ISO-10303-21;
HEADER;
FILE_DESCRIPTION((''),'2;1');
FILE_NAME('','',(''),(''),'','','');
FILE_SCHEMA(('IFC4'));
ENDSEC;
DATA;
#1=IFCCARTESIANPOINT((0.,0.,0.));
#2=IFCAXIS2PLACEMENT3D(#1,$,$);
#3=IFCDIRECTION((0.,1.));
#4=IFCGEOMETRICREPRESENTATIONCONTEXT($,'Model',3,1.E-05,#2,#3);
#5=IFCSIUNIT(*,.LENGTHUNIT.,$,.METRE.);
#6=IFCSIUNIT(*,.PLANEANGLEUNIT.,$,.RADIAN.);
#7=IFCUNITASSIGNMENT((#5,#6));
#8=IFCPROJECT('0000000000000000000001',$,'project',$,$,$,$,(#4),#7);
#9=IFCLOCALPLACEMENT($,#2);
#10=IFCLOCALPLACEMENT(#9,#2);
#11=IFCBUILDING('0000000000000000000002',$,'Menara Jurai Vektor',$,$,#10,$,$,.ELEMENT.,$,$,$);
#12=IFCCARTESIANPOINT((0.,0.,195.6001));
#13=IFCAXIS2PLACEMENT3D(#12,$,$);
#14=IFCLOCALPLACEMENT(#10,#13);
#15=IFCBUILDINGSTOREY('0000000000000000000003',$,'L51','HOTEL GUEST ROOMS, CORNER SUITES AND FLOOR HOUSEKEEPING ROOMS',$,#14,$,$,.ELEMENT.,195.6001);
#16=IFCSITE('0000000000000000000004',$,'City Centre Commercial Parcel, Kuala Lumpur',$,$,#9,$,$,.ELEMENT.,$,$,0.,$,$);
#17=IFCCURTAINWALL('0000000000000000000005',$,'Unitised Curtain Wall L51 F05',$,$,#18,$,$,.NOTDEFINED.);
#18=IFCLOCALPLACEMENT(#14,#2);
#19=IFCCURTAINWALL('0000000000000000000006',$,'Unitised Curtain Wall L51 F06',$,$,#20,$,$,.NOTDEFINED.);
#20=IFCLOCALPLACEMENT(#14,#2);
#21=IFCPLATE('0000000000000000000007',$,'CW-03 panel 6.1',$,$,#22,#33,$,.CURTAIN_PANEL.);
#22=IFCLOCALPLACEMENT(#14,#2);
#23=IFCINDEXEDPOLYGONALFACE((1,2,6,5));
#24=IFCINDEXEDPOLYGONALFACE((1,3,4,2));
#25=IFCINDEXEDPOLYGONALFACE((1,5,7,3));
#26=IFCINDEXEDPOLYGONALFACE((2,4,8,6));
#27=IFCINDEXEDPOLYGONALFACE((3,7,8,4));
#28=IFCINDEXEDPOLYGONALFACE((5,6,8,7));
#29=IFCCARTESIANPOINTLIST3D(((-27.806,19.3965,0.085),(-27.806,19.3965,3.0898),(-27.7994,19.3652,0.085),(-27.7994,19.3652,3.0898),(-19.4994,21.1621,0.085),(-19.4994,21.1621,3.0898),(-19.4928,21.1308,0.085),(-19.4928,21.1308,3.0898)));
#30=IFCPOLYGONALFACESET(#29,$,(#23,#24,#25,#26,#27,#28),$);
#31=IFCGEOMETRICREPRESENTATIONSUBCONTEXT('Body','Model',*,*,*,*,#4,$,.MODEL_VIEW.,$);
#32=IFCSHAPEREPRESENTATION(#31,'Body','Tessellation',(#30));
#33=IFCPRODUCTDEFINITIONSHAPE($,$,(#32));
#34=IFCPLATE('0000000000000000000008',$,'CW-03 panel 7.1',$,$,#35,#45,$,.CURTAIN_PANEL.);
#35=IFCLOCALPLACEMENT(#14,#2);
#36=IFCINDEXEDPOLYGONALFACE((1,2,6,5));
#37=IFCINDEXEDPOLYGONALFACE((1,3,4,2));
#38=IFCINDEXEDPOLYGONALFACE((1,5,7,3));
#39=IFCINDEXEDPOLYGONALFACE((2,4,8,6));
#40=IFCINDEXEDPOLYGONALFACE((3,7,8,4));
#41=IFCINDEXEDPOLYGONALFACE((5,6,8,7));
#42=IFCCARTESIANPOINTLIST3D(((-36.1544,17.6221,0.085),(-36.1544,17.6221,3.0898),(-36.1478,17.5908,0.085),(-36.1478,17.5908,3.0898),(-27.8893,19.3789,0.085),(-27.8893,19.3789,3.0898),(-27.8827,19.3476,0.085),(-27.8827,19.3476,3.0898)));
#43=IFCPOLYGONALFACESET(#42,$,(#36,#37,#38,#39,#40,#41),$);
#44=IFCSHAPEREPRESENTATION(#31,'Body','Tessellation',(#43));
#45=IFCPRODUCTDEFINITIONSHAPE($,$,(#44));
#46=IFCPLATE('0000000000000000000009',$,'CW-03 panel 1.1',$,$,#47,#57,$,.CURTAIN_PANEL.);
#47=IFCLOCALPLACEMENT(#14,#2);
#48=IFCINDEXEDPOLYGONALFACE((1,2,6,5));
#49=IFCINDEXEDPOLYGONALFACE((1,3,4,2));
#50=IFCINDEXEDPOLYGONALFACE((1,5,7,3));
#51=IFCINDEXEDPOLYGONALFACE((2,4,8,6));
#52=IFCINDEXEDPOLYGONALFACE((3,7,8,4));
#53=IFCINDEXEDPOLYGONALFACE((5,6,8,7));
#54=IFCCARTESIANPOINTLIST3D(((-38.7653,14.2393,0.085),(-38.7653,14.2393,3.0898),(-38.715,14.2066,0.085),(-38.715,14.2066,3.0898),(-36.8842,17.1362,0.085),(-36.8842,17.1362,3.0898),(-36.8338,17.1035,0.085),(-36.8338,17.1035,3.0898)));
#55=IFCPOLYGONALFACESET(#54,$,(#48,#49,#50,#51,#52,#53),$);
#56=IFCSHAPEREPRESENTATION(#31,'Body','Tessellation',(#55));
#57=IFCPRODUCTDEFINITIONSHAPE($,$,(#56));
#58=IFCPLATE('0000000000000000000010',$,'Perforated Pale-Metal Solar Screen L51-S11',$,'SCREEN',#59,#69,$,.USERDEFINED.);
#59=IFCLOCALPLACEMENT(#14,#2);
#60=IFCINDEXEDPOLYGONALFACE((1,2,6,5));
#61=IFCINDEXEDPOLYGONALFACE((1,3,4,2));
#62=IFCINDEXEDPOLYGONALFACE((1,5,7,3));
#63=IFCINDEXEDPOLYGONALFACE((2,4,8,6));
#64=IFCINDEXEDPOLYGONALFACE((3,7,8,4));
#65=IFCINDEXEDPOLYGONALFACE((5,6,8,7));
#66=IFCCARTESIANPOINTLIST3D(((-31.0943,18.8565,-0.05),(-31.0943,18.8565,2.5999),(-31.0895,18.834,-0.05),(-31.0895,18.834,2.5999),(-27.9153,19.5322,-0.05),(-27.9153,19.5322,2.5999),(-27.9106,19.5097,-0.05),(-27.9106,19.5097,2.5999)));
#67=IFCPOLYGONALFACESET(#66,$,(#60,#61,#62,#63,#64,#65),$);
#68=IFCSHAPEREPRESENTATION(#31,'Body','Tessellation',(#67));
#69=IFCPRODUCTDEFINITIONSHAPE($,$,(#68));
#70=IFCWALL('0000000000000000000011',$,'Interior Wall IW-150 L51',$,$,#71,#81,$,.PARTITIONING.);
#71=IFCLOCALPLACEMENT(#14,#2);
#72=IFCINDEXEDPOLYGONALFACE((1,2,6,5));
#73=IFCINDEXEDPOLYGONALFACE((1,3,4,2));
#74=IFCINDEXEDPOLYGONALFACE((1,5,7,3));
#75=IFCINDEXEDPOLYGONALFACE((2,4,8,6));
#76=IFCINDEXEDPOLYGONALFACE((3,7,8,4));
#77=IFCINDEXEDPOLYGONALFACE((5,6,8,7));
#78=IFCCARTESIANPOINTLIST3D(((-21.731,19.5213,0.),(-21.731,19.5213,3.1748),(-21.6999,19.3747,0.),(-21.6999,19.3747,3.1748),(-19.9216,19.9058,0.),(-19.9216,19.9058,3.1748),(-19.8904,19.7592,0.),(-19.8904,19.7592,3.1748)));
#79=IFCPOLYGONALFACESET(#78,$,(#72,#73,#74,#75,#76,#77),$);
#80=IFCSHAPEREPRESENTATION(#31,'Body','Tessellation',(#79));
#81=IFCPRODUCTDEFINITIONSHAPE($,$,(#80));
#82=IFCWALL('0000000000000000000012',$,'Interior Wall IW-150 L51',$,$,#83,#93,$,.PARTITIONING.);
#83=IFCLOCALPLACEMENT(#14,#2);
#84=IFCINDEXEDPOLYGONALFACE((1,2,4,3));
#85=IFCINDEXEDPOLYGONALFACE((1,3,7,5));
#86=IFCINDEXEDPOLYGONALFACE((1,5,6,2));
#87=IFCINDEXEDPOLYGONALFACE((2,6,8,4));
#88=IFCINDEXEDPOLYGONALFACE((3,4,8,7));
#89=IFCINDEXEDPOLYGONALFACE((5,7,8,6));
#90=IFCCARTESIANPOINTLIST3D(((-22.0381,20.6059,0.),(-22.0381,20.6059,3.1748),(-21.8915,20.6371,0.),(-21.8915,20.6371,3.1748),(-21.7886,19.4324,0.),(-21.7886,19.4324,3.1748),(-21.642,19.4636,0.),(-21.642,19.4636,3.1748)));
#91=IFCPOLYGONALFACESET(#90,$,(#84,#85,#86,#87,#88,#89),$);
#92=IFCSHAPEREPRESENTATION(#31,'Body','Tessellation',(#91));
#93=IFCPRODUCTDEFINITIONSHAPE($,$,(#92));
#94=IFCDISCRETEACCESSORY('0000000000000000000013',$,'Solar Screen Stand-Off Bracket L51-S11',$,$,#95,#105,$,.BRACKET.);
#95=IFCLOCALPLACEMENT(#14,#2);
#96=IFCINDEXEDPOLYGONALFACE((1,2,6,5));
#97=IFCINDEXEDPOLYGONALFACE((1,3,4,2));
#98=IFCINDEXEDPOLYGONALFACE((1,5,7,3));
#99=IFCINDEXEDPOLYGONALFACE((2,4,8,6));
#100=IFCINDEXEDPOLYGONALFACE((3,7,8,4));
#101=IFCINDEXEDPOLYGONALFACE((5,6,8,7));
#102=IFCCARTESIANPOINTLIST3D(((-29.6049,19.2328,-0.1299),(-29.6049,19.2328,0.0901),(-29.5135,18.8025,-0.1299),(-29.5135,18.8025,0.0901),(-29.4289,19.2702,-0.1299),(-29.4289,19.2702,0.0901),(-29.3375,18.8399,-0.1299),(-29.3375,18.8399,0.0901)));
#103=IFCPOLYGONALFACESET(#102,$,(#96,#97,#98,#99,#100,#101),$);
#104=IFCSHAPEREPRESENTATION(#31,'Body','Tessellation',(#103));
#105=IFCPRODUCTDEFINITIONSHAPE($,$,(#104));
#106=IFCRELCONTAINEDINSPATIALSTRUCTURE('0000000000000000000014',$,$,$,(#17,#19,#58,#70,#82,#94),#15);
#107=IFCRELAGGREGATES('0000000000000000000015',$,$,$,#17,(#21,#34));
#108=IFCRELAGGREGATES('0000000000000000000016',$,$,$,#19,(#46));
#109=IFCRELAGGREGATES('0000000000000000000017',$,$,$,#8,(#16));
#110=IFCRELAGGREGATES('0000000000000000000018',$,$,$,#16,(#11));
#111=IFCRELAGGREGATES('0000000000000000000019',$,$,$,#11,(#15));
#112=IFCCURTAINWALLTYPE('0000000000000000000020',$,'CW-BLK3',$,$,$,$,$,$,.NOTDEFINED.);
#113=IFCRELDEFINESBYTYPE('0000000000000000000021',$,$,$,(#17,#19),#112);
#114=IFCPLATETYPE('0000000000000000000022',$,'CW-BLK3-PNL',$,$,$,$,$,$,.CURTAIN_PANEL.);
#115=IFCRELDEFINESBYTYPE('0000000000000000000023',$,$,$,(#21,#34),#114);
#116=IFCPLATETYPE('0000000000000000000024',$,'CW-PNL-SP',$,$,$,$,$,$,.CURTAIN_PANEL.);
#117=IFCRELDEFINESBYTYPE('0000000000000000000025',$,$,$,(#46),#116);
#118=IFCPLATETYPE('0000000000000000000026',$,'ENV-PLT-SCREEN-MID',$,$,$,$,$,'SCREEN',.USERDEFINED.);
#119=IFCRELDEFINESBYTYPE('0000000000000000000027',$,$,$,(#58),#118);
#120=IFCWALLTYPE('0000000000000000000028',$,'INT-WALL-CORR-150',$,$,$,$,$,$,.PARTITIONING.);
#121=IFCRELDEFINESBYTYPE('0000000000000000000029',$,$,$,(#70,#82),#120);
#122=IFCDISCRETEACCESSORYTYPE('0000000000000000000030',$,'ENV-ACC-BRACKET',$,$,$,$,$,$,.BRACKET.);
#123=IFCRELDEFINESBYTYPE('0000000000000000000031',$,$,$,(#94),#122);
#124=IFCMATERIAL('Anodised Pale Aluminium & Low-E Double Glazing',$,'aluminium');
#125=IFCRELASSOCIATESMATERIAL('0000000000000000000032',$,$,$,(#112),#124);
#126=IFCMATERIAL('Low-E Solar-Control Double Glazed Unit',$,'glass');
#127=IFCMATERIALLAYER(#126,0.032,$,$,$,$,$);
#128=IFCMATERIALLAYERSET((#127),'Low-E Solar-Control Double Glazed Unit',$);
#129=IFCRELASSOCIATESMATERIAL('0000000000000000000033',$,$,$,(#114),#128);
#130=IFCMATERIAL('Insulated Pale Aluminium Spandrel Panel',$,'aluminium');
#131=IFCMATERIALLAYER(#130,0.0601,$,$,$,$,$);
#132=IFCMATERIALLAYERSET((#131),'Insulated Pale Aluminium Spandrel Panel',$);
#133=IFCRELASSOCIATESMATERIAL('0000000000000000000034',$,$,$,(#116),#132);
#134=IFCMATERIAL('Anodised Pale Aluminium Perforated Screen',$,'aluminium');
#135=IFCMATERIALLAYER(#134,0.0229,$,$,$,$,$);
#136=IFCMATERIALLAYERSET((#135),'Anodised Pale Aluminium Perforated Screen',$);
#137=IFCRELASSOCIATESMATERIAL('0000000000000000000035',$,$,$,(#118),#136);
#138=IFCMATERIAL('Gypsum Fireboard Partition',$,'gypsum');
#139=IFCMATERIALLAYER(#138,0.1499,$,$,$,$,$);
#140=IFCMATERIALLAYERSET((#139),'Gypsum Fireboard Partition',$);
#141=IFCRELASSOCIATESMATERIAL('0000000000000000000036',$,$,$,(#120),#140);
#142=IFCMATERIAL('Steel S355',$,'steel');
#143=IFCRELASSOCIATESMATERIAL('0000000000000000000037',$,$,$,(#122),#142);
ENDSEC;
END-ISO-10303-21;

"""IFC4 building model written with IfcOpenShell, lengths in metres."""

from ifc_helpers import new_model, si_unit, direction, frame, frame_2d, origin, origin_2d, place, context, subcontext, project, spatial, rectangle, extrude, material, layer, layer_set, type_object, element, aggregate, save


model = new_model("IFC4")

# Units and contexts
model_context = context("Model", 3, precision=1e-05, world=origin(), true_north=direction((0.0, 1.0)))
body_context = subcontext(model_context, "Body", "Model", "MODEL_VIEW")
ifc_project = project(units=[si_unit("LENGTHUNIT", "METRE"), si_unit("PLANEANGLEUNIT", "RADIAN")], contexts=[model_context])

# Site, building, storey
site_placement = place(None, origin())
site = spatial("IfcSite", under=ifc_project, at=site_placement, Name="City Centre Commercial Parcel, Kuala Lumpur", CompositionType="ELEMENT", RefElevation=0.0)
building_placement = place(site_placement, origin())
building = spatial("IfcBuilding", under=site, at=building_placement, Name="Menara Jurai Vektor", CompositionType="ELEMENT")
storey_placement = place(building_placement, frame((0.0, 0.0, 195.6001)))
storey = spatial("IfcBuildingStorey", under=building, at=storey_placement, Name="L51", Description="HOTEL GUEST ROOMS, CORNER SUITES AND FLOOR HOUSEKEEPING ROOMS", CompositionType="ELEMENT", Elevation=195.6001)

# Curtain walls
ifc_material_1 = material(Name="Anodised Pale Aluminium & Low-E Double Glazing", Category="aluminium")
curtain_wall_type = type_object("IfcCurtainWallType", Name="CW-BLK3", PredefinedType="NOTDEFINED", material=ifc_material_1)
curtain_wall_1_placement = place(storey_placement, origin())
curtain_wall_1 = element("IfcCurtainWall", 1, at=curtain_wall_1_placement, inside=storey, type_object=curtain_wall_type, Name="Unitised Curtain Wall L51 F05", PredefinedType="NOTDEFINED")
curtain_wall_2_placement = place(storey_placement, origin())
curtain_wall_2 = element("IfcCurtainWall", 2, at=curtain_wall_2_placement, inside=storey, type_object=curtain_wall_type, Name="Unitised Curtain Wall L51 F06", PredefinedType="NOTDEFINED")

# Shared definitions
ifc_material_2 = material(Name="Steel S355", Category="steel")

# Plates
ifc_material_3 = material(Name="Low-E Solar-Control Double Glazed Unit", Category="glass")
ifc_layer_1 = layer(ifc_material_3, 0.032)
ifc_layer_set_1 = layer_set([ifc_layer_1], Name="Low-E Solar-Control Double Glazed Unit")
plate_type_1 = type_object("IfcPlateType", Name="CW-BLK3-PNL", PredefinedType="CURTAIN_PANEL", material=ifc_layer_set_1)
plate_1_placement = place(storey_placement, frame((-23.6494, 20.2637, 0.085), z_axis=(0.0, 0.0, 1.0), x_axis=(-0.978148, -0.207911, 0.0)))
plate_1 = element("IfcPlate", 3, at=plate_1_placement, type_object=plate_type_1, Name="CW-03 panel 6.1", PredefinedType="CURTAIN_PANEL", context=body_context, shape_type="SweptSolid", body=[
    extrude(rectangle(XDim=8.4922, YDim=0.032, at=origin_2d()), origin(), (0.0, 0.0, 1.0), 3.0049),
])
plate_2_placement = place(storey_placement, frame((-32.0186, 18.4849, 0.085), z_axis=(0.0, 0.0, 1.0), x_axis=(-0.978148, -0.207911, 0.0)))
plate_2 = element("IfcPlate", 4, at=plate_2_placement, type_object=plate_type_1, Name="CW-03 panel 7.1", PredefinedType="CURTAIN_PANEL", context=body_context, shape_type="SweptSolid", body=[
    extrude(rectangle(XDim=8.4497, YDim=0.032, at=origin_2d()), origin(), (0.0, 0.0, 1.0), 3.0049),
])
aggregate(curtain_wall_1, [plate_1, plate_2])
ifc_material_4 = material(Name="Insulated Pale Aluminium Spandrel Panel", Category="aluminium")
ifc_layer_2 = layer(ifc_material_4, 0.0601)
ifc_layer_set_2 = layer_set([ifc_layer_2], Name="Insulated Pale Aluminium Spandrel Panel")
plate_type_2 = type_object("IfcPlateType", Name="CW-PNL-SP", PredefinedType="CURTAIN_PANEL", material=ifc_layer_set_2)
plate_3_placement = place(storey_placement, frame((-37.7996, 15.6714, 0.085), z_axis=(0.0, 0.0, 1.0), x_axis=(-0.544618, -0.838684, 0.0)))
plate_3 = element("IfcPlate", 5, at=plate_3_placement, type_object=plate_type_2, Name="CW-03 panel 1.1", PredefinedType="CURTAIN_PANEL", context=body_context, shape_type="SweptSolid", body=[
    extrude(rectangle(XDim=3.4541, YDim=0.0601, at=origin_2d()), origin(), (0.0, 0.0, 1.0), 3.0049),
])
aggregate(curtain_wall_2, [plate_3])
ifc_material_5 = material(Name="Anodised Pale Aluminium Perforated Screen", Category="aluminium")
ifc_layer_3 = layer(ifc_material_5, 0.0229)
ifc_layer_set_3 = layer_set([ifc_layer_3], Name="Anodised Pale Aluminium Perforated Screen")
plate_type_3 = type_object("IfcPlateType", Name="ENV-PLT-SCREEN-MID", ElementType="SCREEN", PredefinedType="USERDEFINED", material=ifc_layer_set_3)
plate_4_placement = place(storey_placement, frame((-29.5024, 19.1831, -0.05), z_axis=(0.0, 0.0, 1.0), x_axis=(-0.978148, -0.207912, 0.0)))
element("IfcPlate", 6, at=plate_4_placement, inside=storey, type_object=plate_type_3, Name="Perforated Pale-Metal Solar Screen L51-S11", ObjectType="SCREEN", PredefinedType="USERDEFINED", context=body_context, shape_type="SweptSolid", body=[
    extrude(rectangle(XDim=3.25, YDim=0.0229, at=origin_2d()), origin(), (0.0, 0.0, 1.0), 2.6499),
])

# Walls
ifc_material_6 = material(Name="Gypsum Fireboard Partition", Category="gypsum")
ifc_layer_4 = layer(ifc_material_6, 0.1499)
ifc_layer_set_4 = layer_set([ifc_layer_4], Name="Gypsum Fireboard Partition")
wall_type = type_object("IfcWallType", Name="INT-WALL-CORR-150", PredefinedType="PARTITIONING", material=ifc_layer_set_4)
wall_1_placement = place(storey_placement, frame((-21.7153, 19.448, 0.0), z_axis=(0.0, 0.0, 1.0), x_axis=(0.97816, 0.207852, 0.0)))
element("IfcWall", 7, at=wall_1_placement, inside=storey, type_object=wall_type, Name="Interior Wall IW-150 L51", PredefinedType="PARTITIONING", context=body_context, shape_type="SweptSolid", body=[
    extrude(rectangle(XDim=1.8499, YDim=0.1499, at=frame_2d((0.9248, 0.0))), origin(), (0.0, 0.0, 1.0), 3.1748),
])
wall_2_placement = place(storey_placement, frame((-21.7153, 19.448, 0.0), z_axis=(0.0, 0.0, 1.0), x_axis=(-0.207959, 0.978138, 0.0)))
element("IfcWall", 8, at=wall_2_placement, inside=storey, type_object=wall_type, Name="Interior Wall IW-150 L51", PredefinedType="PARTITIONING", context=body_context, shape_type="SweptSolid", body=[
    extrude(rectangle(XDim=1.1997, YDim=0.1499, at=frame_2d((0.5999, 0.0))), origin(), (0.0, 0.0, 1.0), 3.1748),
])

# Discrete accessory
discrete_accessory_type = type_object("IfcDiscreteAccessoryType", Name="ENV-ACC-BRACKET", PredefinedType="BRACKET", material=ifc_material_2)
discrete_accessory_placement = place(storey_placement, frame((-29.4712, 19.0364, -0.1299), z_axis=(0.0, 0.0, 1.0), x_axis=(-0.978148, -0.207912, 0.0)))
element("IfcDiscreteAccessory", 9, at=discrete_accessory_placement, inside=storey, type_object=discrete_accessory_type, Name="Solar Screen Stand-Off Bracket L51-S11", PredefinedType="BRACKET", context=body_context, shape_type="SweptSolid", body=[
    extrude(rectangle(XDim=0.1799, YDim=0.4399, at=origin_2d()), origin(), (0.0, 0.0, 1.0), 0.22),
])

save(model, "model.ifc")
